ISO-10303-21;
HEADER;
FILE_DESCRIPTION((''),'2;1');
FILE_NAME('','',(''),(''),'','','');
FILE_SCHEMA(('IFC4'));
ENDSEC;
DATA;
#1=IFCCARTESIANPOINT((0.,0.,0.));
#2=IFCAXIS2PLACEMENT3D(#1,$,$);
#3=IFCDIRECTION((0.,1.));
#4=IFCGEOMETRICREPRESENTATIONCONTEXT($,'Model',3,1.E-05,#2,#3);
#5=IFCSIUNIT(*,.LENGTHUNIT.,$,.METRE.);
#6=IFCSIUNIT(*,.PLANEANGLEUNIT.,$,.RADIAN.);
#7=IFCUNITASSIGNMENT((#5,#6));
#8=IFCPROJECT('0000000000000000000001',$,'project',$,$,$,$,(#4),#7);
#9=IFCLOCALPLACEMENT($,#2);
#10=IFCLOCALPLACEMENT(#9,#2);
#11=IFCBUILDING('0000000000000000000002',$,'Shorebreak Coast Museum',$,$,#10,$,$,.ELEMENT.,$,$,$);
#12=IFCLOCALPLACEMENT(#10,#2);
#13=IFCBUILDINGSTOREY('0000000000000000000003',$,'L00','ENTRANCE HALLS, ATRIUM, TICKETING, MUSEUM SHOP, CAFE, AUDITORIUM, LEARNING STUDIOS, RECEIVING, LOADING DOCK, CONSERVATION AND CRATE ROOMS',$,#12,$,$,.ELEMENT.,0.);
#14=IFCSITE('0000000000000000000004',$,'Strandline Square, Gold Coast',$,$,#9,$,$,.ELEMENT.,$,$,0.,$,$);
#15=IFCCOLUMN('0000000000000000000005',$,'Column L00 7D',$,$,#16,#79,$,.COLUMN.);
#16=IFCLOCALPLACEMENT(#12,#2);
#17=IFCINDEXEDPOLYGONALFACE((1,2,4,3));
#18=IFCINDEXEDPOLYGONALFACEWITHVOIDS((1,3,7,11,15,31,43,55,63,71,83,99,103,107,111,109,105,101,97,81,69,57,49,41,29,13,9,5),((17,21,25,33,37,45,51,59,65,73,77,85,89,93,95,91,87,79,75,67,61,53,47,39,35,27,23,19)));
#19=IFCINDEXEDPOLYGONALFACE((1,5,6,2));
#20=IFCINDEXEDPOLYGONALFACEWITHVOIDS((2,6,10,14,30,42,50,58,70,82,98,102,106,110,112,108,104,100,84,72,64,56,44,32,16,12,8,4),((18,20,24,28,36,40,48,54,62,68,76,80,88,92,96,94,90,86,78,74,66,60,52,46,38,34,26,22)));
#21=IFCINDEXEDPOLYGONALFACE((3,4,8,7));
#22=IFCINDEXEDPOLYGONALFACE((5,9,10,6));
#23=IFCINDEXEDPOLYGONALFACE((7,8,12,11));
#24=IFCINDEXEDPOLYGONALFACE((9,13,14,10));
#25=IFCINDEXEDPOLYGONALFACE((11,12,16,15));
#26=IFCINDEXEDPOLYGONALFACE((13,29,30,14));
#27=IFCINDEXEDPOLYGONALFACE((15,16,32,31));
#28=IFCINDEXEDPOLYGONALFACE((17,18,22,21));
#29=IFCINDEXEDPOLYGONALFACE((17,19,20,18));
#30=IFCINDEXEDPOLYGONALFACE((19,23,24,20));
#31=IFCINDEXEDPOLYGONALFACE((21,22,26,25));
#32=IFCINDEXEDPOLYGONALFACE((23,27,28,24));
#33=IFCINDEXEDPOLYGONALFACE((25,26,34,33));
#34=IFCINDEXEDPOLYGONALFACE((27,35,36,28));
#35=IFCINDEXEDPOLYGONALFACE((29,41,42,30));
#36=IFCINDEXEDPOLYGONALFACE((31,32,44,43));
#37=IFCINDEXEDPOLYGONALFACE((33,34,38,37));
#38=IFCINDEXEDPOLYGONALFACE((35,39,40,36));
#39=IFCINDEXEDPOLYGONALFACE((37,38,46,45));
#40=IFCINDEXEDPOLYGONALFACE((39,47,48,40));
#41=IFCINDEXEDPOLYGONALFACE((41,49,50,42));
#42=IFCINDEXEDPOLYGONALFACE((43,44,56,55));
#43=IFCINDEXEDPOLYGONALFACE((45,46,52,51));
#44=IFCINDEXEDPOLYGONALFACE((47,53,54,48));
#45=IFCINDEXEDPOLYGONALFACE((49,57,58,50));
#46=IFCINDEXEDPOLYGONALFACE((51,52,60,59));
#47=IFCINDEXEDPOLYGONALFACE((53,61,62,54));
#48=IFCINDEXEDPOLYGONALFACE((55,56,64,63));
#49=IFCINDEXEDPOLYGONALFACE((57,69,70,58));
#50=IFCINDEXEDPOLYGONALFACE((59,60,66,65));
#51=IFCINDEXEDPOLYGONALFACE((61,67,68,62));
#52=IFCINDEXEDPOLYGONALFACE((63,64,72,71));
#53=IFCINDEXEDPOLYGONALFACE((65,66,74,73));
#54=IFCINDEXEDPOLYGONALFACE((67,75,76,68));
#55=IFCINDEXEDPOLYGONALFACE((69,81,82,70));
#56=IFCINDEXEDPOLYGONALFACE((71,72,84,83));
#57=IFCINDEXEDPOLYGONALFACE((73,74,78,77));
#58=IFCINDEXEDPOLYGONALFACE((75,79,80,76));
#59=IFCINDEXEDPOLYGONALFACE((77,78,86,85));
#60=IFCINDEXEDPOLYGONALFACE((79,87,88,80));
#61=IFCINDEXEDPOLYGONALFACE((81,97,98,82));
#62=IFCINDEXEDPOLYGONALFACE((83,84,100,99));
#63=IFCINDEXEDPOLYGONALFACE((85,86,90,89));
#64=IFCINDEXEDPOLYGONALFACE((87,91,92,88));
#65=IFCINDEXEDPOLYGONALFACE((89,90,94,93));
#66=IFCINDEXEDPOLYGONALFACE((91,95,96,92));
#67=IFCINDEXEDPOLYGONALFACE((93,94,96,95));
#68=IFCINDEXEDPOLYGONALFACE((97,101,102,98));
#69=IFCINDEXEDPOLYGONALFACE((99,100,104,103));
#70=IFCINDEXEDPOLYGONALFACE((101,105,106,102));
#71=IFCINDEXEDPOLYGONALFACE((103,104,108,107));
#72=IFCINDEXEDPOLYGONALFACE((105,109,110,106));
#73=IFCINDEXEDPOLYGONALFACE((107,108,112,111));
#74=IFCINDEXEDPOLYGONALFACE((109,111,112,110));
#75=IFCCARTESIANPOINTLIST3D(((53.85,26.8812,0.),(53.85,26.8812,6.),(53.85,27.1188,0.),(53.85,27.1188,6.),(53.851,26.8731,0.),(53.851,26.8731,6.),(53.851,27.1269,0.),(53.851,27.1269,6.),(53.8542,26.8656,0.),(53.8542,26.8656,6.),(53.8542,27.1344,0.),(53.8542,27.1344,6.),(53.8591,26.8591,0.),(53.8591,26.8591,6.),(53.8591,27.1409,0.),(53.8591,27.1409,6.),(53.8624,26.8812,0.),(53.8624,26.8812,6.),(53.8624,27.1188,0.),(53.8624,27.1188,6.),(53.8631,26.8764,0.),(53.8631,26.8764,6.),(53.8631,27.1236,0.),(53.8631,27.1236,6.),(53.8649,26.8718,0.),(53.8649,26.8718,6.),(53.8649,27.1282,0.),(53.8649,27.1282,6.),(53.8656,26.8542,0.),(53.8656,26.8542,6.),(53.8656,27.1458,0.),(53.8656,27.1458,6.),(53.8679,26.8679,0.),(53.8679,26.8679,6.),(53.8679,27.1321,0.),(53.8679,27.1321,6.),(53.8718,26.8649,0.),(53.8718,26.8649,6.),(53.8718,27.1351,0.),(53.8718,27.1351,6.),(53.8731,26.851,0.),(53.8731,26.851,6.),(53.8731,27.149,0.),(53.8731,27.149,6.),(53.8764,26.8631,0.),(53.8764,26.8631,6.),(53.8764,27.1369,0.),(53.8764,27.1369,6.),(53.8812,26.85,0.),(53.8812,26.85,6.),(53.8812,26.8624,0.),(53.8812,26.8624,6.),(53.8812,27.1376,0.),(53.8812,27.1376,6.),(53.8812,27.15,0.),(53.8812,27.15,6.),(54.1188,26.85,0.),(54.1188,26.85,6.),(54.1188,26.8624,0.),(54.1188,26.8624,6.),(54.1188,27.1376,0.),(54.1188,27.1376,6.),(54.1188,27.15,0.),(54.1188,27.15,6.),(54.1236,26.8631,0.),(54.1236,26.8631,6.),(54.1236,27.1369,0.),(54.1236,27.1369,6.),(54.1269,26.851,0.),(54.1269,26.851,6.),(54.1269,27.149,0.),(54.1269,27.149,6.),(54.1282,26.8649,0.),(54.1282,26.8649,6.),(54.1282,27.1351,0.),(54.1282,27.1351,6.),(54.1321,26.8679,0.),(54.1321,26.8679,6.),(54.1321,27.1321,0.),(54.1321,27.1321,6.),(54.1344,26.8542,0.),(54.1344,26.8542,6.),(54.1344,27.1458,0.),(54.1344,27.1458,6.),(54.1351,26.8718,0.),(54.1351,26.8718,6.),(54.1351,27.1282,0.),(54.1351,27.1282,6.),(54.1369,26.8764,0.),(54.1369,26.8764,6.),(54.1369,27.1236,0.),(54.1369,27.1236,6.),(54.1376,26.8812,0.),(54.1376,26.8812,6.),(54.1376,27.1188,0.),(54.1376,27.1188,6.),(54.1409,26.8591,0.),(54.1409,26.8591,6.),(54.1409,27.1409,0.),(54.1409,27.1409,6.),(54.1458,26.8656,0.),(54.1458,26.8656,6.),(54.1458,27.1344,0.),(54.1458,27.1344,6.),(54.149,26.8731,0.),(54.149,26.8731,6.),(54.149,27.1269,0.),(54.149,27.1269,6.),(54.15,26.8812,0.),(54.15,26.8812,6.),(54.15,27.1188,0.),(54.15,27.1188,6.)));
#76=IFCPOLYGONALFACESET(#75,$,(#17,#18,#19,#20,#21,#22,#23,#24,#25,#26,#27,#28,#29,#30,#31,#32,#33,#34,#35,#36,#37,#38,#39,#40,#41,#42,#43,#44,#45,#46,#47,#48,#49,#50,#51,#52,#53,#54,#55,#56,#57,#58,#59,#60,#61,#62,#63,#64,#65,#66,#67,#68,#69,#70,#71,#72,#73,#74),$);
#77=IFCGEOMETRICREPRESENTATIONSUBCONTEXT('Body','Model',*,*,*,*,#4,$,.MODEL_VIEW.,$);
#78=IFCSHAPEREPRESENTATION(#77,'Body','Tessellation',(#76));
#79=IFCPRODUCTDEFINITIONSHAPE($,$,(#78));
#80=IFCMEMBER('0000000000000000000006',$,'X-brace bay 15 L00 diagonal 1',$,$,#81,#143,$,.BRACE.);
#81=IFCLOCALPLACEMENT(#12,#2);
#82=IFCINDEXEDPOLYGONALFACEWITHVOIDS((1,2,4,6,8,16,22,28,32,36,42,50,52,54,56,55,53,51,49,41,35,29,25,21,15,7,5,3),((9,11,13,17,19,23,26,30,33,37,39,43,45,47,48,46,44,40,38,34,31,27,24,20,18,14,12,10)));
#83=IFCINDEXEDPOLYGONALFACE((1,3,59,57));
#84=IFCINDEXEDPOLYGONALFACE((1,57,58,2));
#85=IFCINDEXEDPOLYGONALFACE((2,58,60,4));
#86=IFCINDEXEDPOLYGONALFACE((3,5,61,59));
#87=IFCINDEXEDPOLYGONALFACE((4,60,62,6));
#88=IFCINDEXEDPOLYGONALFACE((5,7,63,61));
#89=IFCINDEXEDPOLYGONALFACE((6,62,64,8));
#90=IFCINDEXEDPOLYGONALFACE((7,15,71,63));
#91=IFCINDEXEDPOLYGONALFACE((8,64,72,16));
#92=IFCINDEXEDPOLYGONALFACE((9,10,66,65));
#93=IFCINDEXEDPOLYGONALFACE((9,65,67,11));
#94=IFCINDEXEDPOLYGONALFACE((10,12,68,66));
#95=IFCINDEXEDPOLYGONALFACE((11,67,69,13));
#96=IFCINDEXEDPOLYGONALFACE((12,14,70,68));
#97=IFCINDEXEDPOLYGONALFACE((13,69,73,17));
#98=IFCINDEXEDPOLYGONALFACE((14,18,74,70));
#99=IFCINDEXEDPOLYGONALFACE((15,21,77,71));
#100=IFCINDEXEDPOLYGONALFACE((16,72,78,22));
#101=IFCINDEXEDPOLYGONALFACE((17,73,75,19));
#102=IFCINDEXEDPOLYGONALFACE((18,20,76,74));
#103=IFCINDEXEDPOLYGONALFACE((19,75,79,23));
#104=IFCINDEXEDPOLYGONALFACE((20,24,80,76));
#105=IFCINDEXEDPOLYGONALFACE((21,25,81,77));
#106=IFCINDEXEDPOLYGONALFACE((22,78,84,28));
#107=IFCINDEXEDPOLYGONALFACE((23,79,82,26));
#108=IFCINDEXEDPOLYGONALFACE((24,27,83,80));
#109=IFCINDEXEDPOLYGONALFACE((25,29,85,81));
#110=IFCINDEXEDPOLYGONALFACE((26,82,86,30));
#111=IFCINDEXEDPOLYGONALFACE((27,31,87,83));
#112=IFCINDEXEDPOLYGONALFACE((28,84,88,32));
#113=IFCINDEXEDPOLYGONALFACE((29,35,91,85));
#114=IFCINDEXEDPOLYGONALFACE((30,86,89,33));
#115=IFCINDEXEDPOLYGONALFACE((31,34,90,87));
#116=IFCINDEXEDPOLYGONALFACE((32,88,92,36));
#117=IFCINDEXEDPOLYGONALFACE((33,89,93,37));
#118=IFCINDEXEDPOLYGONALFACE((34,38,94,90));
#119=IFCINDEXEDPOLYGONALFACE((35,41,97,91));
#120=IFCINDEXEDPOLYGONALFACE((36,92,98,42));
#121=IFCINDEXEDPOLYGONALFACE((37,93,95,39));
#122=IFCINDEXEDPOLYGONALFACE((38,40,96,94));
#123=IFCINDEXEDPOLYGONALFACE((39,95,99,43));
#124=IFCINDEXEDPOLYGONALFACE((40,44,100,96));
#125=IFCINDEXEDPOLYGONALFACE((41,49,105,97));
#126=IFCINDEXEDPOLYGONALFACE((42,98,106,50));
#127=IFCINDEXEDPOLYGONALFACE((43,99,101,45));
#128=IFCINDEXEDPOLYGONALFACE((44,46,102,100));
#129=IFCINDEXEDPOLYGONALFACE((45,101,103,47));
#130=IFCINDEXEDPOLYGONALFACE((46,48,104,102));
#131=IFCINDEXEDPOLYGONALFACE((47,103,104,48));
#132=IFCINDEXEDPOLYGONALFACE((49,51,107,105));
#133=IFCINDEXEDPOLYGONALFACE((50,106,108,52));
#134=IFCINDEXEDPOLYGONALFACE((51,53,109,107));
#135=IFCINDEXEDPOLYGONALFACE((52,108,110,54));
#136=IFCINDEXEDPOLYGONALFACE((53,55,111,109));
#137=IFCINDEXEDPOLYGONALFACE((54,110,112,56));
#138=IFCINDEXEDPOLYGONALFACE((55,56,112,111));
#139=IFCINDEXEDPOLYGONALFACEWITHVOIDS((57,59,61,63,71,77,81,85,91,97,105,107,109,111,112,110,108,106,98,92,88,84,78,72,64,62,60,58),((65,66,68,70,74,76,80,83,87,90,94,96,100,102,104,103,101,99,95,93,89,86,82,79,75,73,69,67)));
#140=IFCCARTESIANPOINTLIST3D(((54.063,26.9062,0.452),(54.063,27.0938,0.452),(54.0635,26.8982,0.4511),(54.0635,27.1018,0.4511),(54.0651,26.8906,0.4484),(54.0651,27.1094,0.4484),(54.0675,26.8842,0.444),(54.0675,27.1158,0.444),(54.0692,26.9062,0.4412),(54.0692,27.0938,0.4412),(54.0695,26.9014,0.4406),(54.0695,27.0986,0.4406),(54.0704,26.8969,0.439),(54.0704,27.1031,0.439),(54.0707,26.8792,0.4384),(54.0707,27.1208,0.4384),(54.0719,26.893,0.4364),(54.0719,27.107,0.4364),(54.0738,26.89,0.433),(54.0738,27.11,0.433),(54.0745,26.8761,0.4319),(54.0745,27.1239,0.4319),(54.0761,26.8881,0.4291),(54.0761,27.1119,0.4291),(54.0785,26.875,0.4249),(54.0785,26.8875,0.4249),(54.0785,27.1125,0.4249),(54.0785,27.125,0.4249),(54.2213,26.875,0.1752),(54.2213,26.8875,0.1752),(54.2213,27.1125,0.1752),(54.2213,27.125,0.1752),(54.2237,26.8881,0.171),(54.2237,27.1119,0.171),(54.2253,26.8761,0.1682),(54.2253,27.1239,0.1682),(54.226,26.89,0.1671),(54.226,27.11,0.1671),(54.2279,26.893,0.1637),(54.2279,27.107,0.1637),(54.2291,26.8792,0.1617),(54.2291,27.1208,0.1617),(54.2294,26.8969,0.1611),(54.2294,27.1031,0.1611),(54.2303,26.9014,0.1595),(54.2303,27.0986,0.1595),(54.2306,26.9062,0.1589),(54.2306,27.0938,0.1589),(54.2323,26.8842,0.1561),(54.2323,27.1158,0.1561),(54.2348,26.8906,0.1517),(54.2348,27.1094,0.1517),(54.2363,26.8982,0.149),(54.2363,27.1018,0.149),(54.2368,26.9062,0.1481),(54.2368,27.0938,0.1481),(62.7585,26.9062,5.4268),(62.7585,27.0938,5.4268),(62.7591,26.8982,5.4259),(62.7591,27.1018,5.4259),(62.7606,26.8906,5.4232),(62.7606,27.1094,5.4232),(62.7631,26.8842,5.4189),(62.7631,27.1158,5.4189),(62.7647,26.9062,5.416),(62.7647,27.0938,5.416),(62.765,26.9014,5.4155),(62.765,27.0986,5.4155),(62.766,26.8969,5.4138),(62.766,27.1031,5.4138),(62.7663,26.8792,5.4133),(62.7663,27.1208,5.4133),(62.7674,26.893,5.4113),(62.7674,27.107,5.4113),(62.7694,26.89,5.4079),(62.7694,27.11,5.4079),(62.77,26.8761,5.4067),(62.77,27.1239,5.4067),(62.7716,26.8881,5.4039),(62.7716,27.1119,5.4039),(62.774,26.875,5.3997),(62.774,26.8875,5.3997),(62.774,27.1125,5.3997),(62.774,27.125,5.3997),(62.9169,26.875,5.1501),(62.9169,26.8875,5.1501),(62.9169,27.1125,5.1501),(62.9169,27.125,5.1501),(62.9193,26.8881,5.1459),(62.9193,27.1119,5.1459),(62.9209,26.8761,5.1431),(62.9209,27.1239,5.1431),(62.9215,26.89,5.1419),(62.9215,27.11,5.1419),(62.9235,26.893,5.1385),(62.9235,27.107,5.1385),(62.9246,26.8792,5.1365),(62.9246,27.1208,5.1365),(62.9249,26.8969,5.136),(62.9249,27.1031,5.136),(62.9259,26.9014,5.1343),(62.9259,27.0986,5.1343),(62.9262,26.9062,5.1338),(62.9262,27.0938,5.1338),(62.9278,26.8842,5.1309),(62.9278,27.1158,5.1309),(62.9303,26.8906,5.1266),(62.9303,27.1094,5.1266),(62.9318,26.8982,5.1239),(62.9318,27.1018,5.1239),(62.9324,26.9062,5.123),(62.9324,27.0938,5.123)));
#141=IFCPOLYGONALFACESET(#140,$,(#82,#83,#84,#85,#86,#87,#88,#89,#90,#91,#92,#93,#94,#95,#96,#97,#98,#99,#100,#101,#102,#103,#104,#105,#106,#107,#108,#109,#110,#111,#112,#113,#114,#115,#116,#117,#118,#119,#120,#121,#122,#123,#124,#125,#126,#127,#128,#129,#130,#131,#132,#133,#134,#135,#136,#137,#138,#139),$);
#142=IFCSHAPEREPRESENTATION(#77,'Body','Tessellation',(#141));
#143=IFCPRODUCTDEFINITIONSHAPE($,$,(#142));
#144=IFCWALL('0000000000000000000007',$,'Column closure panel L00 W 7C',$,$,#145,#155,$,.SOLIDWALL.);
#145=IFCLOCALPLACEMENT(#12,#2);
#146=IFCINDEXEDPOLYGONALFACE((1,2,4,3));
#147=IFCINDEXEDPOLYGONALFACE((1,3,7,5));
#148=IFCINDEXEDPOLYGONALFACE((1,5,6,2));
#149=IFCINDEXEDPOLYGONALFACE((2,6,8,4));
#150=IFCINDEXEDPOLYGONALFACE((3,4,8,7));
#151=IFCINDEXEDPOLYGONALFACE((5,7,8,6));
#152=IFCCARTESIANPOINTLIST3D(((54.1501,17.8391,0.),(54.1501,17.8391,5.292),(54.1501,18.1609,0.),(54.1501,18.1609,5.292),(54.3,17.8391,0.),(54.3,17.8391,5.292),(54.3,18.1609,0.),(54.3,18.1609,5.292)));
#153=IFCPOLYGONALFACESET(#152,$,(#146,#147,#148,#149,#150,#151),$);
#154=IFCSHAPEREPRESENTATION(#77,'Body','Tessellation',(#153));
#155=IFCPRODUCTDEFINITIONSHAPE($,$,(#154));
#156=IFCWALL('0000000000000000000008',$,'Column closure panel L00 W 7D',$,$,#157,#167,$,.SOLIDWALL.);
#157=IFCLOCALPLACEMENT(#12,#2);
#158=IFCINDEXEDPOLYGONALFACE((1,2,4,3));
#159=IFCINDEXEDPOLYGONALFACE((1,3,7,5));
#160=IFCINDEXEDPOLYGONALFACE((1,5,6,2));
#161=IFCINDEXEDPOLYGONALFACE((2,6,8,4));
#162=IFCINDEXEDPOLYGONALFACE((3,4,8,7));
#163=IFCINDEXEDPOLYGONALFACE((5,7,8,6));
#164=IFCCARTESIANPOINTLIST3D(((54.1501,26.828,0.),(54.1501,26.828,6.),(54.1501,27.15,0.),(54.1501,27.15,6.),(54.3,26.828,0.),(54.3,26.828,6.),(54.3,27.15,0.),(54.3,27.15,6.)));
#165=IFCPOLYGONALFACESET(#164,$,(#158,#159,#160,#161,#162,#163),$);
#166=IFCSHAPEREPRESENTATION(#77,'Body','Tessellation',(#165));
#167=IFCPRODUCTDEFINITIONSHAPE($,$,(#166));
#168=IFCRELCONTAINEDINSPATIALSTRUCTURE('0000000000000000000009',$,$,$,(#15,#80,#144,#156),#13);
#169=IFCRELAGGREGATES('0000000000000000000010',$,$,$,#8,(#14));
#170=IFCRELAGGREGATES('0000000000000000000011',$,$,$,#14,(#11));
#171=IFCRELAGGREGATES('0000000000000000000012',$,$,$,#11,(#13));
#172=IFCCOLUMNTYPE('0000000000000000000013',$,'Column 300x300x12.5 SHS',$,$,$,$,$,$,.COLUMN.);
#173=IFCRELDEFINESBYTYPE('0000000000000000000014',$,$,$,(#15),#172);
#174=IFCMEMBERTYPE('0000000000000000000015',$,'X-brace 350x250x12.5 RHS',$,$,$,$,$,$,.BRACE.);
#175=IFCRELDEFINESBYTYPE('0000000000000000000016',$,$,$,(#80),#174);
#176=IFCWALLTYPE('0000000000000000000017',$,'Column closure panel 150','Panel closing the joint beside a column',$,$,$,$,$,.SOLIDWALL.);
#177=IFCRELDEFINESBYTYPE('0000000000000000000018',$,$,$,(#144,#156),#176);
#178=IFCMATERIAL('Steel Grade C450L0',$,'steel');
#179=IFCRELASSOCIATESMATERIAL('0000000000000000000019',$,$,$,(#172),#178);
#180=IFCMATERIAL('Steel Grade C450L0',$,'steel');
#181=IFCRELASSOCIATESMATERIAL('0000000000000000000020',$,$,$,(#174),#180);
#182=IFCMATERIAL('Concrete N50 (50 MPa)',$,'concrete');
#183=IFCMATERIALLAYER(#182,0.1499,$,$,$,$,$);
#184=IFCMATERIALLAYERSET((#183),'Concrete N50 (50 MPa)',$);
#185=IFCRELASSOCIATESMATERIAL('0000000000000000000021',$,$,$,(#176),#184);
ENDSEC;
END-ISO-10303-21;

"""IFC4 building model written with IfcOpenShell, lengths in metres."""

from ifc_helpers import new_model, si_unit, direction, frame, frame_2d, origin, origin_2d, place, context, subcontext, project, spatial, rectangle, hollow_rectangle, extrude, material, layer, layer_set, material_profile, profile_set, type_object, element, save


model = new_model("IFC4")

# Units and contexts
model_context = context("Model", 3, precision=1e-05, world=origin(), true_north=direction((0.0, 1.0)))
body_context = subcontext(model_context, "Body", "Model", "MODEL_VIEW")
ifc_project = project(units=[si_unit("LENGTHUNIT", "METRE"), si_unit("PLANEANGLEUNIT", "RADIAN")], contexts=[model_context])

# Site, building, storey
site_placement = place(None, origin())
site = spatial("IfcSite", under=ifc_project, at=site_placement, Name="Strandline Square, Gold Coast", CompositionType="ELEMENT", RefElevation=0.0)
building_placement = place(site_placement, origin())
building = spatial("IfcBuilding", under=site, at=building_placement, Name="Shorebreak Coast Museum", CompositionType="ELEMENT")
storey_placement = place(building_placement, origin())
storey = spatial("IfcBuildingStorey", under=building, at=storey_placement, Name="L00", Description="ENTRANCE HALLS, ATRIUM, TICKETING, MUSEUM SHOP, CAFE, AUDITORIUM, LEARNING STUDIOS, RECEIVING, LOADING DOCK, CONSERVATION AND CRATE ROOMS", CompositionType="ELEMENT", Elevation=0.0)

# Column
ifc_material_1 = material(Name="Steel Grade C450L0", Category="steel")
ifc_material_profile_1 = material_profile(ifc_material_1, hollow_rectangle(XDim=0.3, YDim=0.3, WallThickness=0.0125, InnerFilletRadius=0.0188, OuterFilletRadius=0.0312, at=origin_2d()), Name="300x300x12.5 SHS")
ifc_profile_set_1 = profile_set([ifc_material_profile_1], Name="Steel Grade C450L0")
column_type = type_object("IfcColumnType", Name="Column 300x300x12.5 SHS", PredefinedType="COLUMN", material=ifc_profile_set_1)
for number, where, z_axis, x_axis, name in (
    (1, (54.0, 27.0, 0.0), (0.0, 0.0, 1.0), (1.0, 0.0, 0.0), "Column L00 7D"),
):
    element("IfcColumn", number, at=place(storey_placement, frame(where, z_axis=z_axis, x_axis=x_axis)), inside=storey, type_object=column_type, Name=name, PredefinedType="COLUMN", context=body_context, shape_type="SweptSolid", body=[
        extrude(hollow_rectangle(XDim=0.3, YDim=0.3, WallThickness=0.0125, InnerFilletRadius=0.0188, OuterFilletRadius=0.0312, at=origin_2d()), origin(), (0.0, 0.0, 1.0), 6.0),
    ])

# Member
ifc_material_2 = material(Name="Steel Grade C450L0", Category="steel")
ifc_material_profile_2 = material_profile(ifc_material_2, hollow_rectangle(XDim=0.25, YDim=0.3501, WallThickness=0.0125, InnerFilletRadius=0.0188, OuterFilletRadius=0.0312, at=origin_2d()), Name="350x250x12.5 RHS")
ifc_profile_set_2 = profile_set([ifc_material_profile_2], Name="Steel Grade C450L0")
member_type = type_object("IfcMemberType", Name="X-brace 350x250x12.5 RHS", PredefinedType="BRACE", material=ifc_profile_set_2)
member_placement = place(storey_placement, frame((54.1499, 27.0, 0.3), z_axis=(0.867987, 0.0, 0.496588), x_axis=(0.0, 1.0, 0.0)))
element("IfcMember", 2, at=member_placement, inside=storey, type_object=member_type, Name="X-brace bay 15 L00 diagonal 1", PredefinedType="BRACE", context=body_context, shape_type="SweptSolid", body=[
    extrude(hollow_rectangle(XDim=0.25, YDim=0.3501, WallThickness=0.0125, InnerFilletRadius=0.0188, OuterFilletRadius=0.0312, at=origin_2d()), origin(), (0.0, 0.0, 1.0), 10.0181),
])

# Walls
ifc_material_3 = material(Name="Concrete N50 (50 MPa)", Category="concrete")
ifc_layer_1 = layer(ifc_material_3, 0.1499)
ifc_layer_set_1 = layer_set([ifc_layer_1], Name="Concrete N50 (50 MPa)")
wall_type_1 = type_object("IfcWallType", Name="Column closure panel 150", Description="Panel closing the joint beside a column", PredefinedType="SOLIDWALL", material=ifc_layer_set_1)
wall_1_placement = place(storey_placement, frame((54.2251, 17.8391, 0.0), z_axis=(0.0, 0.0, 1.0), x_axis=(0.0, 1.0, 0.0)))
element("IfcWall", 3, at=wall_1_placement, inside=storey, type_object=wall_type_1, Name="Column closure panel L00 W 7C", PredefinedType="SOLIDWALL", context=body_context, shape_type="SweptSolid", body=[
    extrude(rectangle(XDim=0.3218, YDim=0.1499, at=frame_2d((0.1609, 0.0))), origin(), (0.0, 0.0, 1.0), 5.292),
])
wall_2_placement = place(storey_placement, frame((54.2251, 26.8279, 0.0), z_axis=(0.0, 0.0, 1.0), x_axis=(0.0, 1.0, 0.0)))
element("IfcWall", 4, at=wall_2_placement, inside=storey, type_object=wall_type_1, Name="Column closure panel L00 W 7D", PredefinedType="SOLIDWALL", context=body_context, shape_type="SweptSolid", body=[
    extrude(rectangle(XDim=0.322, YDim=0.1499, at=frame_2d((0.1611, 0.0))), origin(), (0.0, 0.0, 1.0), 6.0),
])

save(model, "model.ifc")
